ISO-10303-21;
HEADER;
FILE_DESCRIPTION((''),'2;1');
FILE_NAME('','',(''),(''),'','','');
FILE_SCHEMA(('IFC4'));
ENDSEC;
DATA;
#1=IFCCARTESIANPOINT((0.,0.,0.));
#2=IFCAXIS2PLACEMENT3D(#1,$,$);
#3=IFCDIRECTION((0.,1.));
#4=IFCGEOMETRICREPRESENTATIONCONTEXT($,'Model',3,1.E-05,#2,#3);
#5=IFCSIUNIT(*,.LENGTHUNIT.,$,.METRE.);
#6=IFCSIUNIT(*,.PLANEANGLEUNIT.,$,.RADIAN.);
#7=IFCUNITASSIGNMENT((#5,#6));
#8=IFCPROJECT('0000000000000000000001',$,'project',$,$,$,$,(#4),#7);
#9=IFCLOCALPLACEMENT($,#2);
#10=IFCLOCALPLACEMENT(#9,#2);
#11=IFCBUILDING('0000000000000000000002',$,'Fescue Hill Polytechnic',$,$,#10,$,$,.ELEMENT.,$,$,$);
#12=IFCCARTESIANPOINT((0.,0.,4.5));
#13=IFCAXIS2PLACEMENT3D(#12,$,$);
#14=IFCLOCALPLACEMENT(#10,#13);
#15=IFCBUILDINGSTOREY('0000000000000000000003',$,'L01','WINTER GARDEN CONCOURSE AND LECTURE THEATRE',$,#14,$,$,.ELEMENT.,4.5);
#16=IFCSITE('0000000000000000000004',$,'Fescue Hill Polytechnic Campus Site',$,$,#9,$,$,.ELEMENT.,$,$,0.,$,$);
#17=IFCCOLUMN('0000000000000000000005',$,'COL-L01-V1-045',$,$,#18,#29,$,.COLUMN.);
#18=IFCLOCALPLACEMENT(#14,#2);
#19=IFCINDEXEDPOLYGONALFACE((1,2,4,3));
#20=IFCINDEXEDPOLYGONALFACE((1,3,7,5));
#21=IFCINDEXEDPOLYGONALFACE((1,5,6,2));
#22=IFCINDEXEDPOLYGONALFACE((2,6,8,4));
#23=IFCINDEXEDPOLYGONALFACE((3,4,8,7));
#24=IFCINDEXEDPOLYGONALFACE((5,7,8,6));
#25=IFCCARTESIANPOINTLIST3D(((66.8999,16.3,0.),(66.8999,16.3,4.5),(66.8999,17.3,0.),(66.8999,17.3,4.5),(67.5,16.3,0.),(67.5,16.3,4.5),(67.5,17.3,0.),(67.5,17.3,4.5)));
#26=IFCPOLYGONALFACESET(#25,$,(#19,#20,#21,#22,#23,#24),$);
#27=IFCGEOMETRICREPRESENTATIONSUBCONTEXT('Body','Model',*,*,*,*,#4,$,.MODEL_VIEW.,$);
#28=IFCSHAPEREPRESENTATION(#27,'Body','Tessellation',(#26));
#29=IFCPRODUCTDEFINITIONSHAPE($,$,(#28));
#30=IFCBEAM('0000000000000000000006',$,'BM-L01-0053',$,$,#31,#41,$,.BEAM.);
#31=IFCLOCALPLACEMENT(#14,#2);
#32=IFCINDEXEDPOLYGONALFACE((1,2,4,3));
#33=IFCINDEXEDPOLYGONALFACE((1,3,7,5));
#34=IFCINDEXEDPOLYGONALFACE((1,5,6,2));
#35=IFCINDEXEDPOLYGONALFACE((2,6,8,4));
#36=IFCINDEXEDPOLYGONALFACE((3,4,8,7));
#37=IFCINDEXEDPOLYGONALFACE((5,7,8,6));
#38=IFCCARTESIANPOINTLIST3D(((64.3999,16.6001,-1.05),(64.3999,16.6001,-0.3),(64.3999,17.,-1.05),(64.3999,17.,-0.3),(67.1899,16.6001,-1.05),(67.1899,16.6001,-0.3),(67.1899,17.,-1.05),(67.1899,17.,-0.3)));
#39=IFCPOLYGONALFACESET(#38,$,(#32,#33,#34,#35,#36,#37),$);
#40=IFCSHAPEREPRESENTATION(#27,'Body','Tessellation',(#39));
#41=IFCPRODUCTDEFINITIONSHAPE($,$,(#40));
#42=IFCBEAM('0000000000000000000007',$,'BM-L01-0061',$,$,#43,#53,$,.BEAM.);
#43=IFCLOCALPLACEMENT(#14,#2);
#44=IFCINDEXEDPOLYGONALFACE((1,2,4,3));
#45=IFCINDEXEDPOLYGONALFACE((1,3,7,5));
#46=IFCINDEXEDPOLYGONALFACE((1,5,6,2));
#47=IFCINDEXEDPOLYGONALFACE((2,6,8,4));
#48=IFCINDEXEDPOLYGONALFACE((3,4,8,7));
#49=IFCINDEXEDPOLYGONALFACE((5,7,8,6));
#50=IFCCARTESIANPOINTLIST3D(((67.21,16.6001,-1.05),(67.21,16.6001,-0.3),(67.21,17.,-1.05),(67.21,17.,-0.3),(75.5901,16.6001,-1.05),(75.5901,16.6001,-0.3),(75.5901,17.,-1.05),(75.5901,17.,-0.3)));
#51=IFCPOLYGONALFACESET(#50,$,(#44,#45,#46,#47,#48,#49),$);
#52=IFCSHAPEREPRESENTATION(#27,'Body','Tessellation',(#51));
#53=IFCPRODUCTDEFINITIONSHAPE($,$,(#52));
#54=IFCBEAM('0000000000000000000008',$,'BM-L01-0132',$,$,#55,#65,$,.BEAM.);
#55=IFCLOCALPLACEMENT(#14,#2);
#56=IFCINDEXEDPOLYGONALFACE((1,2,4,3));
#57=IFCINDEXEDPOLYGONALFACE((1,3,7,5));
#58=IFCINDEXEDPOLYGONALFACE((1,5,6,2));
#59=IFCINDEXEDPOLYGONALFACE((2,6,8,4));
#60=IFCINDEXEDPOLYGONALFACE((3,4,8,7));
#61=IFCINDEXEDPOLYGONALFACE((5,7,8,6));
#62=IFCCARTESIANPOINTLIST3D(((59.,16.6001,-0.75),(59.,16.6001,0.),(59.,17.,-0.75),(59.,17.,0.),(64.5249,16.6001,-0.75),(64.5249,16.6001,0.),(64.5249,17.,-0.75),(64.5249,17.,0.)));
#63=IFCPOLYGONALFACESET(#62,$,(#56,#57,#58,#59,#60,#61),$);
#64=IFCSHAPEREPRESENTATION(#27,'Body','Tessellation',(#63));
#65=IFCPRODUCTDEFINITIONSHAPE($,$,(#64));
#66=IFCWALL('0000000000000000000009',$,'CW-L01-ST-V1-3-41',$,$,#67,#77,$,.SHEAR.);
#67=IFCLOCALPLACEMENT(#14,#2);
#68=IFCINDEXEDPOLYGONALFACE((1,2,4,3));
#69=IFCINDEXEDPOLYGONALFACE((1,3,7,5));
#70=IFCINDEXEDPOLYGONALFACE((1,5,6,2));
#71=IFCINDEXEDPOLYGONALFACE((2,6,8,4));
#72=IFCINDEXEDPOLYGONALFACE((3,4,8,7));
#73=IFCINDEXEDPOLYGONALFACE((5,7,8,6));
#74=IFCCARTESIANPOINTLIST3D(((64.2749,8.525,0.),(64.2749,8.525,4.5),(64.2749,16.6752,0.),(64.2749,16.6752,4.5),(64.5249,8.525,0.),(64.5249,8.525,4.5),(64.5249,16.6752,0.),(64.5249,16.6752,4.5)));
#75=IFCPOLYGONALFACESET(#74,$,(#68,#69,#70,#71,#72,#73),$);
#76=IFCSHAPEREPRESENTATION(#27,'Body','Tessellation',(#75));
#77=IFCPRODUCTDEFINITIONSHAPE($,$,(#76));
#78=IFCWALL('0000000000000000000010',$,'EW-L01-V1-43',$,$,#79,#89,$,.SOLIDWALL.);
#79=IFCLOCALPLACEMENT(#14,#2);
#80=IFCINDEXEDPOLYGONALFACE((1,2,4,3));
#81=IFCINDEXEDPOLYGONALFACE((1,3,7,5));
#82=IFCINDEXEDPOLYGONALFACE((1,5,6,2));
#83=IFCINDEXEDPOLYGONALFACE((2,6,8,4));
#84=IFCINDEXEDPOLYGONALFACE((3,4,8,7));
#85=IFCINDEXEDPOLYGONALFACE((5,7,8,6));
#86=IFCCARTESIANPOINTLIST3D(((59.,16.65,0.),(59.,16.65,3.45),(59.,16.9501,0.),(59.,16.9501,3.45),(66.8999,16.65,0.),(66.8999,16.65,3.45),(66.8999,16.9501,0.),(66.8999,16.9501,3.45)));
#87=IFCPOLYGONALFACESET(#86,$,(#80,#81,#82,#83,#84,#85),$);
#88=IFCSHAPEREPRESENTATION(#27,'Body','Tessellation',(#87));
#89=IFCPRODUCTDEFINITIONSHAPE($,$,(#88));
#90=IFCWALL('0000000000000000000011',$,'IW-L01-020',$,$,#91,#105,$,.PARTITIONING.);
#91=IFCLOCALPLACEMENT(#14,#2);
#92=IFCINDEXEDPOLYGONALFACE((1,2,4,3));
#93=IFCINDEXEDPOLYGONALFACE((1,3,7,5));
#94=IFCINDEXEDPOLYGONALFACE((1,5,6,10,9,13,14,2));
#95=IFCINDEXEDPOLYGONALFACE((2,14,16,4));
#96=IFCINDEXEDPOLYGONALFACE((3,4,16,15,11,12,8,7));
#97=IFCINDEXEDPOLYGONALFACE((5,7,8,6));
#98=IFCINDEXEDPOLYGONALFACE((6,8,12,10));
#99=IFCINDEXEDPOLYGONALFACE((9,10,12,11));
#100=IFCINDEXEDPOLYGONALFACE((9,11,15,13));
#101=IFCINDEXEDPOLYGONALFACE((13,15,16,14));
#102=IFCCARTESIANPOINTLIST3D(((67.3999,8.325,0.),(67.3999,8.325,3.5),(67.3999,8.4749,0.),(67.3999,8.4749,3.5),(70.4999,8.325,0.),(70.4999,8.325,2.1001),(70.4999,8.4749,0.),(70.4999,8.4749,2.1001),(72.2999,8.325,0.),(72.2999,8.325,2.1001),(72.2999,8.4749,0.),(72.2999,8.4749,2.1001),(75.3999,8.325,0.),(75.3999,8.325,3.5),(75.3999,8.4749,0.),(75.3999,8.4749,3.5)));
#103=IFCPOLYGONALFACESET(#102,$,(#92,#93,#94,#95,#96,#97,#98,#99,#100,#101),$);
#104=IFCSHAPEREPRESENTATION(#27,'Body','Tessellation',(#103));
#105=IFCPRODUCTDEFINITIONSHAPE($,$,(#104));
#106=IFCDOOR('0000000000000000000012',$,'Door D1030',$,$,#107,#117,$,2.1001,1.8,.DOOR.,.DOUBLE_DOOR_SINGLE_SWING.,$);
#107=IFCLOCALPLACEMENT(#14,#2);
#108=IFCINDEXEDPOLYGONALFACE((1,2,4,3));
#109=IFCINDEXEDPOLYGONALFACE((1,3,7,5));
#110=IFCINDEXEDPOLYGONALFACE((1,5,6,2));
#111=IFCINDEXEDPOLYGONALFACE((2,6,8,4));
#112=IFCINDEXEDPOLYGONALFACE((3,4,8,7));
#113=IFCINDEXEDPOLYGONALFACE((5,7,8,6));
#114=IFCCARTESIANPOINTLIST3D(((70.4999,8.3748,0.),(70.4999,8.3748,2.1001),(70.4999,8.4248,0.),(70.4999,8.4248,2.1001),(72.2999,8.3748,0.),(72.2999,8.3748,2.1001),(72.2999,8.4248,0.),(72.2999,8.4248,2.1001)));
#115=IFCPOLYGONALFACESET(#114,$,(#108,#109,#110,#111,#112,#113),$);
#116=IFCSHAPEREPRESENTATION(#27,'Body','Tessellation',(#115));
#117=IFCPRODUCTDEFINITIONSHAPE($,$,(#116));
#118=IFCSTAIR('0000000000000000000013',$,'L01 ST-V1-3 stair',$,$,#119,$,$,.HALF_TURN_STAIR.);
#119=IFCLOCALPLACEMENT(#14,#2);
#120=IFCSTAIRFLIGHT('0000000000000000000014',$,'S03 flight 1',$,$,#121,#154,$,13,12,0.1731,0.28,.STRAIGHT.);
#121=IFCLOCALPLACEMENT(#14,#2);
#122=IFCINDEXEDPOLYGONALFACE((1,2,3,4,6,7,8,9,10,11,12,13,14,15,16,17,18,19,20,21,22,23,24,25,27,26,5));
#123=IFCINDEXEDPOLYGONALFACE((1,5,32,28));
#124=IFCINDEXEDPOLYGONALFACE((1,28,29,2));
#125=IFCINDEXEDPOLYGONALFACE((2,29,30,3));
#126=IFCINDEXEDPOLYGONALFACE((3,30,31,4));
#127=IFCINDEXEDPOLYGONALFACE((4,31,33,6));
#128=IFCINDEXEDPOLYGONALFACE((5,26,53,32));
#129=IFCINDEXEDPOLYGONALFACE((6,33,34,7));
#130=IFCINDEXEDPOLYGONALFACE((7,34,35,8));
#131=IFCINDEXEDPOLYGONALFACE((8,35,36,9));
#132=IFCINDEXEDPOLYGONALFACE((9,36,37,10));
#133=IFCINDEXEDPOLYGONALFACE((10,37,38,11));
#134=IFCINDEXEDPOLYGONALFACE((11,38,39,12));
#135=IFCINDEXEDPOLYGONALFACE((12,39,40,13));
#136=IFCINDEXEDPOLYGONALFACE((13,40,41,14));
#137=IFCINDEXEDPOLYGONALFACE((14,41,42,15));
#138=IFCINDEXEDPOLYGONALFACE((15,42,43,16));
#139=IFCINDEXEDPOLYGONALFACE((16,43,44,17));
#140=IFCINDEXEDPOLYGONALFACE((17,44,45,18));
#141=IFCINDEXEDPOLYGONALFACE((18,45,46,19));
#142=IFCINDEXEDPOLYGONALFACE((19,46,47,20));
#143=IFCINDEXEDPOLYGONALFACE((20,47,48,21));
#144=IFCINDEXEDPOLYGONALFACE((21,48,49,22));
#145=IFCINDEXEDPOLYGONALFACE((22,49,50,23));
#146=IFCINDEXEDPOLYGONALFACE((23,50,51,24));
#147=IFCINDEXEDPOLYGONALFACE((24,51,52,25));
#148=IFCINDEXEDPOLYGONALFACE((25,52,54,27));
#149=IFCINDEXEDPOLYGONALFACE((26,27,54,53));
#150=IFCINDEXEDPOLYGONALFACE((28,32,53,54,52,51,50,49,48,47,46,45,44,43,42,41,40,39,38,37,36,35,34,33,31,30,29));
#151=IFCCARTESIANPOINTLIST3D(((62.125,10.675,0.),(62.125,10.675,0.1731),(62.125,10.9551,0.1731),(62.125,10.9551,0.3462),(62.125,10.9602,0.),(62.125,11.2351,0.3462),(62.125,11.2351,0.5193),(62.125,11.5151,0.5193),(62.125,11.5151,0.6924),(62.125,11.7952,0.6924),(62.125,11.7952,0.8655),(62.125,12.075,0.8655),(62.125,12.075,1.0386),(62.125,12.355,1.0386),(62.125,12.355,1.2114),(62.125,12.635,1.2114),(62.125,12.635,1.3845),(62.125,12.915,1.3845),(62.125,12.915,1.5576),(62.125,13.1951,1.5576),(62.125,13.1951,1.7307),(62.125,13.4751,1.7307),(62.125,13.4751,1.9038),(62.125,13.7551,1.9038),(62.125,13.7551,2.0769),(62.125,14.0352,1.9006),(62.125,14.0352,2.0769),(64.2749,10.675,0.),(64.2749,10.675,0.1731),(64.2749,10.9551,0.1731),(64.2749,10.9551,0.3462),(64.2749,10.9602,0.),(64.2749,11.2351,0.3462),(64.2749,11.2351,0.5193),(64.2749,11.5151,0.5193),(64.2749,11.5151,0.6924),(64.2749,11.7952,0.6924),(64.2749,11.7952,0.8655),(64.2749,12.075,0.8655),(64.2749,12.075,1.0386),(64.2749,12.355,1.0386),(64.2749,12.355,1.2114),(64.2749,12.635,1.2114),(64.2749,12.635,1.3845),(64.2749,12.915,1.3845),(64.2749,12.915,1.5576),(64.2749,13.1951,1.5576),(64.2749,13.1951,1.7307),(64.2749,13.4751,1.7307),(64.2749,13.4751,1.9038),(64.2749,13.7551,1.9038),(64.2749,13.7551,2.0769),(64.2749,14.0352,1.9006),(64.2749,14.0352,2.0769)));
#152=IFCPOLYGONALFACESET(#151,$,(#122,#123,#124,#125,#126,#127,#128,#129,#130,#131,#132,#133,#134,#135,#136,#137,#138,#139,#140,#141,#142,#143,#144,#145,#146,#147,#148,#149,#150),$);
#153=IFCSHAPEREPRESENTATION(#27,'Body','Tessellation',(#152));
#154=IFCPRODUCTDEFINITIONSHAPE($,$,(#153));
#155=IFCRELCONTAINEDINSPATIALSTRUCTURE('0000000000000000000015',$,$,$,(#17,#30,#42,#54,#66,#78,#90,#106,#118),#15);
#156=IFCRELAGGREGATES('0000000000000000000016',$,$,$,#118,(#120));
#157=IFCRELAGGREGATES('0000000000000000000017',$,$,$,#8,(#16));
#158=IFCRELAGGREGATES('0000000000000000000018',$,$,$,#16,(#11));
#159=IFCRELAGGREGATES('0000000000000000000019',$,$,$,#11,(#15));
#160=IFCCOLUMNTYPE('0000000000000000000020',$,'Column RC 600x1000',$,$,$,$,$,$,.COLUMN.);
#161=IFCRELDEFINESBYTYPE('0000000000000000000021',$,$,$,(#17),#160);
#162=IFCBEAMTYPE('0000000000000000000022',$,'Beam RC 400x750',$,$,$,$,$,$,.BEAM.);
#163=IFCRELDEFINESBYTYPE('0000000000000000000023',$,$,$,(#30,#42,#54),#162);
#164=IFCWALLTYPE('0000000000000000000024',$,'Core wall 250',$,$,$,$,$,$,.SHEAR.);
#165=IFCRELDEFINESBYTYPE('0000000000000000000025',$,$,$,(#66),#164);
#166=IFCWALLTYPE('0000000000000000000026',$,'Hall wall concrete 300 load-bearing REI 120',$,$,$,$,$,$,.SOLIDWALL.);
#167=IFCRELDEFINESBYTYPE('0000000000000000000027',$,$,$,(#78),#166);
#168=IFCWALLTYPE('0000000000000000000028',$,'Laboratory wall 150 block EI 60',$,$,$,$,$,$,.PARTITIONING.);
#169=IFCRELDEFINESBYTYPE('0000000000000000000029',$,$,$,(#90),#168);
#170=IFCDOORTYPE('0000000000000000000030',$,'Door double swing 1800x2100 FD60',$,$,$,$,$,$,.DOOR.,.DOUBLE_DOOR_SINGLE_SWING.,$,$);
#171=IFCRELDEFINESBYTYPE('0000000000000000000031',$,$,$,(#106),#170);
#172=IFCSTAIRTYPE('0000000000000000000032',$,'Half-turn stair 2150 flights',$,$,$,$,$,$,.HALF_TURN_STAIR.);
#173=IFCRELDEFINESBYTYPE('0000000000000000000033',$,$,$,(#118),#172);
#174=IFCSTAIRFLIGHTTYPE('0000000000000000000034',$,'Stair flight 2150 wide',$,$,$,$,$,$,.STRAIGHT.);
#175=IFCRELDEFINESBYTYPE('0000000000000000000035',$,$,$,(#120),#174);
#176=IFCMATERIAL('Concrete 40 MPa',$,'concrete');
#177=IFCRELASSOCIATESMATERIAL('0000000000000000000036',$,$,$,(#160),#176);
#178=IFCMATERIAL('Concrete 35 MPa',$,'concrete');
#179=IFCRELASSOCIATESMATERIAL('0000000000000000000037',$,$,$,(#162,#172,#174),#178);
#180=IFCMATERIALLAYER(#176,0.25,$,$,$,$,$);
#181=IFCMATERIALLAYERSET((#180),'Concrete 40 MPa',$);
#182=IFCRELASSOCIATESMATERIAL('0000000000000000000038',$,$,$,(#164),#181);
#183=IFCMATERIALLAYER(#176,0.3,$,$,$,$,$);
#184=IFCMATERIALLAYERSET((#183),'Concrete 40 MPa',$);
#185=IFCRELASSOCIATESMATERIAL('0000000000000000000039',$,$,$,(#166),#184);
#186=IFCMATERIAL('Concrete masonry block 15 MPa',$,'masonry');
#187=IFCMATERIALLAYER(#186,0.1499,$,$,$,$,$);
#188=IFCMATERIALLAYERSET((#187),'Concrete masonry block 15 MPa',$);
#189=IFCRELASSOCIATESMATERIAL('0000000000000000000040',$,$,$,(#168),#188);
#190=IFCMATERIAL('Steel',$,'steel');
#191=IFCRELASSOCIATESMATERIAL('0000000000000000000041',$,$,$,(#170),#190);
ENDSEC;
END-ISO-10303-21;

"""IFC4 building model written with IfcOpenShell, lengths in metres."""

from ifc_helpers import new_model, si_unit, direction, frame, frame_2d, origin, origin_2d, place, context, subcontext, project, spatial, polyline, rectangle, outline, extrude, material, layer, layer_set, material_profile, profile_set, type_object, element, fill, aggregate, save


model = new_model("IFC4")

# Units and contexts
model_context = context("Model", 3, precision=1e-05, world=origin(), true_north=direction((0.0, 1.0)))
body_context = subcontext(model_context, "Body", "Model", "MODEL_VIEW")
ifc_project = project(units=[si_unit("LENGTHUNIT", "METRE"), si_unit("PLANEANGLEUNIT", "RADIAN")], contexts=[model_context])

# Site, building, storey
site_placement = place(None, origin())
site = spatial("IfcSite", under=ifc_project, at=site_placement, Name="Fescue Hill Polytechnic Campus Site", CompositionType="ELEMENT", RefElevation=0.0)
building_placement = place(site_placement, origin())
building = spatial("IfcBuilding", under=site, at=building_placement, Name="Fescue Hill Polytechnic", CompositionType="ELEMENT")
storey_placement = place(building_placement, frame((0.0, 0.0, 4.5)))
storey = spatial("IfcBuildingStorey", under=building, at=storey_placement, Name="L01", Description="WINTER GARDEN CONCOURSE AND LECTURE THEATRE", CompositionType="ELEMENT", Elevation=4.5)

# Column
ifc_material_1 = material(Name="Concrete 40 MPa", Category="concrete")
ifc_material_profile_1 = material_profile(ifc_material_1, rectangle(XDim=0.6001, YDim=1.0, at=origin_2d()), Name="RC 600x1000")
ifc_profile_set_1 = profile_set([ifc_material_profile_1], Name="Concrete 40 MPa")
column_type = type_object("IfcColumnType", Name="Column RC 600x1000", PredefinedType="COLUMN", material=ifc_profile_set_1)
column_placement = place(storey_placement, frame((67.2, 16.8, 0.0), z_axis=(0.0, 0.0, 1.0), x_axis=(1.0, 0.0, 0.0)))
element("IfcColumn", 1, at=column_placement, inside=storey, type_object=column_type, Name="COL-L01-V1-045", PredefinedType="COLUMN", context=body_context, shape_type="SweptSolid", body=[
    extrude(rectangle(XDim=0.6001, YDim=1.0, at=origin_2d()), origin(), (0.0, 0.0, 1.0), 4.5),
])

# Beams
ifc_material_2 = material(Name="Concrete 35 MPa", Category="concrete")
ifc_material_profile_2 = material_profile(ifc_material_2, rectangle(XDim=0.3999, YDim=0.75, at=origin_2d()), Name="RC 400x750")
ifc_profile_set_2 = profile_set([ifc_material_profile_2], Name="Concrete 35 MPa")
beam_type = type_object("IfcBeamType", Name="Beam RC 400x750", PredefinedType="BEAM", material=ifc_profile_set_2)
beam_1_placement = place(storey_placement, frame((64.3999, 16.8, -0.675), z_axis=(1.0, 0.0, 0.0), x_axis=(0.0, 1.0, 0.0)))
element("IfcBeam", 2, at=beam_1_placement, inside=storey, type_object=beam_type, Name="BM-L01-0053", PredefinedType="BEAM", context=body_context, shape_type="SweptSolid", body=[
    extrude(rectangle(XDim=0.3999, YDim=0.75, at=origin_2d()), origin(), (0.0, 0.0, 1.0), 2.79),
])
beam_2_placement = place(storey_placement, frame((67.21, 16.8, -0.675), z_axis=(1.0, 0.0, 0.0), x_axis=(0.0, 1.0, 0.0)))
element("IfcBeam", 3, at=beam_2_placement, inside=storey, type_object=beam_type, Name="BM-L01-0061", PredefinedType="BEAM", context=body_context, shape_type="SweptSolid", body=[
    extrude(rectangle(XDim=0.3999, YDim=0.75, at=origin_2d()), origin(), (0.0, 0.0, 1.0), 8.3801),
])
beam_3_placement = place(storey_placement, frame((59.0, 16.8, -0.375), z_axis=(1.0, 0.0, 0.0), x_axis=(0.0, 1.0, 0.0)))
element("IfcBeam", 4, at=beam_3_placement, inside=storey, type_object=beam_type, Name="BM-L01-0132", PredefinedType="BEAM", context=body_context, shape_type="SweptSolid", body=[
    extrude(rectangle(XDim=0.3999, YDim=0.75, at=origin_2d()), origin(), (0.0, 0.0, 1.0), 5.5249),
])

# Walls
ifc_layer_1 = layer(ifc_material_1, 0.25)
ifc_layer_set_1 = layer_set([ifc_layer_1], Name="Concrete 40 MPa")
wall_type_1 = type_object("IfcWallType", Name="Core wall 250", PredefinedType="SHEAR", material=ifc_layer_set_1)
wall_1_placement = place(storey_placement, frame((64.3999, 8.5249, 0.0), z_axis=(0.0, 0.0, 1.0), x_axis=(0.0, 1.0, 0.0)))
element("IfcWall", 5, at=wall_1_placement, inside=storey, type_object=wall_type_1, Name="CW-L01-ST-V1-3-41", PredefinedType="SHEAR", context=body_context, shape_type="SweptSolid", body=[
    extrude(rectangle(XDim=8.1501, YDim=0.25, at=frame_2d((4.0752, 0.0))), origin(), (0.0, 0.0, 1.0), 4.5),
])
ifc_layer_2 = layer(ifc_material_1, 0.3)
ifc_layer_set_2 = layer_set([ifc_layer_2], Name="Concrete 40 MPa")
wall_type_2 = type_object("IfcWallType", Name="Hall wall concrete 300 load-bearing REI 120", PredefinedType="SOLIDWALL", material=ifc_layer_set_2)
wall_2_placement = place(storey_placement, frame((66.8999, 16.8, 0.0), z_axis=(0.0, 0.0, 1.0), x_axis=(-1.0, 0.0, 0.0)))
element("IfcWall", 6, at=wall_2_placement, inside=storey, type_object=wall_type_2, Name="EW-L01-V1-43", PredefinedType="SOLIDWALL", context=body_context, shape_type="SweptSolid", body=[
    extrude(rectangle(XDim=7.8999, YDim=0.3, at=frame_2d((3.95, 0.0))), origin(), (0.0, 0.0, 1.0), 3.45),
])

# Wall, opening, door
ifc_material_3 = material(Name="Concrete masonry block 15 MPa", Category="masonry")
ifc_layer_3 = layer(ifc_material_3, 0.1499)
ifc_layer_set_3 = layer_set([ifc_layer_3], Name="Concrete masonry block 15 MPa")
wall_type_3 = type_object("IfcWallType", Name="Laboratory wall 150 block EI 60", PredefinedType="PARTITIONING", material=ifc_layer_set_3)
wall_3_placement = place(storey_placement, frame((67.3999, 8.3999, 0.0), z_axis=(0.0, 0.0, 1.0), x_axis=(1.0, 0.0, 0.0)))
wall_3 = element("IfcWall", 7, at=wall_3_placement, inside=storey, type_object=wall_type_3, Name="IW-L01-020", PredefinedType="PARTITIONING", context=body_context, shape_type="SweptSolid", body=[
    extrude(rectangle(XDim=8.0, YDim=0.1499, at=frame_2d((4.0, 0.0))), origin(), (0.0, 0.0, 1.0), 3.5),
])
opening_placement = place(wall_3_placement, frame((3.1001, 0.0, 0.0)))
opening = element("IfcOpeningElement", 8, at=opening_placement, cuts=wall_3, PredefinedType="OPENING", context=body_context, shape_type="SweptSolid", body=[
    extrude(rectangle(XDim=1.8, YDim=2.1001, at=frame_2d((0.8999, 1.05))), frame((0.0, 0.085, 0.0), z_axis=(0.0, -1.0, 0.0), x_axis=(1.0, 0.0, 0.0)), (0.0, 0.0, 1.0), 0.1699),
])
ifc_material_4 = material(Name="Steel", Category="steel")
door_type = type_object("IfcDoorType", Name="Door double swing 1800x2100 FD60", OperationType="DOUBLE_DOOR_SINGLE_SWING", PredefinedType="DOOR", material=ifc_material_4)
door_placement = place(opening_placement, origin())
door = element("IfcDoor", 9, at=door_placement, inside=storey, type_object=door_type, Name="Door D1030", OperationType="DOUBLE_DOOR_SINGLE_SWING", OverallHeight=2.1001, OverallWidth=1.8, PredefinedType="DOOR", context=body_context, shape_type="SweptSolid", body=[
    extrude(rectangle(XDim=1.8, YDim=2.1001, at=frame_2d((0.8999, 1.05))), frame((0.0, 0.0249, 0.0), z_axis=(0.0, -1.0, 0.0), x_axis=(1.0, 0.0, 0.0)), (0.0, 0.0, 1.0), 0.05),
])
fill(opening, door)

# Stair, stair flight
stair_type = type_object("IfcStairType", Name="Half-turn stair 2150 flights", PredefinedType="HALF_TURN_STAIR", material=ifc_material_2)
stair_placement = place(storey_placement, origin())
stair = element("IfcStair", 10, at=stair_placement, inside=storey, type_object=stair_type, Name="L01 ST-V1-3 stair", PredefinedType="HALF_TURN_STAIR")
stair_flight_type = type_object("IfcStairFlightType", Name="Stair flight 2150 wide", PredefinedType="STRAIGHT", material=ifc_material_2)
stair_flight_1_placement = place(storey_placement, frame((63.2, 10.675, 0.0), z_axis=(0.0, 0.0, 1.0), x_axis=(0.0, 1.0, 0.0)))
stair_flight_1 = element("IfcStairFlight", 11, at=stair_flight_1_placement, type_object=stair_flight_type, Name="S03 flight 1", NumberOfRisers=13, NumberOfTreads=12, PredefinedType="STRAIGHT", RiserHeight=0.1731, TreadLength=0.28, context=body_context, shape_type="SweptSolid", body=[
    extrude(outline(polyline([(0.0, 0.0), (0.0, 0.1731), (0.28, 0.1731), (0.28, 0.3462), (0.5601, 0.3462), (0.5601, 0.5193), (0.8401, 0.5193), (0.8401, 0.6924), (1.1201, 0.6924), (1.1201, 0.8655), (1.3999, 0.8655), (1.3999, 1.0386), (1.6799, 1.0386), (1.6799, 1.2114), (1.96, 1.2114), (1.96, 1.3845), (2.24, 1.3845), (2.24, 1.5576), (2.52, 1.5576), (2.52, 1.7307), (2.8, 1.7307), (2.8, 1.9038), (3.0801, 1.9038), (3.0801, 2.0769), (3.3601, 2.0769), (3.3601, 2.25), (3.3601, 1.9006), (0.2852, 0.0), (0.0, 0.0)])), frame((0.0, 1.075, 0.0), z_axis=(0.0, -1.0, 0.0), x_axis=(1.0, 0.0, 0.0)), (0.0, 0.0, 1.0), 2.1499),
])
aggregate(stair, [stair_flight_1])

save(model, "model.ifc")
